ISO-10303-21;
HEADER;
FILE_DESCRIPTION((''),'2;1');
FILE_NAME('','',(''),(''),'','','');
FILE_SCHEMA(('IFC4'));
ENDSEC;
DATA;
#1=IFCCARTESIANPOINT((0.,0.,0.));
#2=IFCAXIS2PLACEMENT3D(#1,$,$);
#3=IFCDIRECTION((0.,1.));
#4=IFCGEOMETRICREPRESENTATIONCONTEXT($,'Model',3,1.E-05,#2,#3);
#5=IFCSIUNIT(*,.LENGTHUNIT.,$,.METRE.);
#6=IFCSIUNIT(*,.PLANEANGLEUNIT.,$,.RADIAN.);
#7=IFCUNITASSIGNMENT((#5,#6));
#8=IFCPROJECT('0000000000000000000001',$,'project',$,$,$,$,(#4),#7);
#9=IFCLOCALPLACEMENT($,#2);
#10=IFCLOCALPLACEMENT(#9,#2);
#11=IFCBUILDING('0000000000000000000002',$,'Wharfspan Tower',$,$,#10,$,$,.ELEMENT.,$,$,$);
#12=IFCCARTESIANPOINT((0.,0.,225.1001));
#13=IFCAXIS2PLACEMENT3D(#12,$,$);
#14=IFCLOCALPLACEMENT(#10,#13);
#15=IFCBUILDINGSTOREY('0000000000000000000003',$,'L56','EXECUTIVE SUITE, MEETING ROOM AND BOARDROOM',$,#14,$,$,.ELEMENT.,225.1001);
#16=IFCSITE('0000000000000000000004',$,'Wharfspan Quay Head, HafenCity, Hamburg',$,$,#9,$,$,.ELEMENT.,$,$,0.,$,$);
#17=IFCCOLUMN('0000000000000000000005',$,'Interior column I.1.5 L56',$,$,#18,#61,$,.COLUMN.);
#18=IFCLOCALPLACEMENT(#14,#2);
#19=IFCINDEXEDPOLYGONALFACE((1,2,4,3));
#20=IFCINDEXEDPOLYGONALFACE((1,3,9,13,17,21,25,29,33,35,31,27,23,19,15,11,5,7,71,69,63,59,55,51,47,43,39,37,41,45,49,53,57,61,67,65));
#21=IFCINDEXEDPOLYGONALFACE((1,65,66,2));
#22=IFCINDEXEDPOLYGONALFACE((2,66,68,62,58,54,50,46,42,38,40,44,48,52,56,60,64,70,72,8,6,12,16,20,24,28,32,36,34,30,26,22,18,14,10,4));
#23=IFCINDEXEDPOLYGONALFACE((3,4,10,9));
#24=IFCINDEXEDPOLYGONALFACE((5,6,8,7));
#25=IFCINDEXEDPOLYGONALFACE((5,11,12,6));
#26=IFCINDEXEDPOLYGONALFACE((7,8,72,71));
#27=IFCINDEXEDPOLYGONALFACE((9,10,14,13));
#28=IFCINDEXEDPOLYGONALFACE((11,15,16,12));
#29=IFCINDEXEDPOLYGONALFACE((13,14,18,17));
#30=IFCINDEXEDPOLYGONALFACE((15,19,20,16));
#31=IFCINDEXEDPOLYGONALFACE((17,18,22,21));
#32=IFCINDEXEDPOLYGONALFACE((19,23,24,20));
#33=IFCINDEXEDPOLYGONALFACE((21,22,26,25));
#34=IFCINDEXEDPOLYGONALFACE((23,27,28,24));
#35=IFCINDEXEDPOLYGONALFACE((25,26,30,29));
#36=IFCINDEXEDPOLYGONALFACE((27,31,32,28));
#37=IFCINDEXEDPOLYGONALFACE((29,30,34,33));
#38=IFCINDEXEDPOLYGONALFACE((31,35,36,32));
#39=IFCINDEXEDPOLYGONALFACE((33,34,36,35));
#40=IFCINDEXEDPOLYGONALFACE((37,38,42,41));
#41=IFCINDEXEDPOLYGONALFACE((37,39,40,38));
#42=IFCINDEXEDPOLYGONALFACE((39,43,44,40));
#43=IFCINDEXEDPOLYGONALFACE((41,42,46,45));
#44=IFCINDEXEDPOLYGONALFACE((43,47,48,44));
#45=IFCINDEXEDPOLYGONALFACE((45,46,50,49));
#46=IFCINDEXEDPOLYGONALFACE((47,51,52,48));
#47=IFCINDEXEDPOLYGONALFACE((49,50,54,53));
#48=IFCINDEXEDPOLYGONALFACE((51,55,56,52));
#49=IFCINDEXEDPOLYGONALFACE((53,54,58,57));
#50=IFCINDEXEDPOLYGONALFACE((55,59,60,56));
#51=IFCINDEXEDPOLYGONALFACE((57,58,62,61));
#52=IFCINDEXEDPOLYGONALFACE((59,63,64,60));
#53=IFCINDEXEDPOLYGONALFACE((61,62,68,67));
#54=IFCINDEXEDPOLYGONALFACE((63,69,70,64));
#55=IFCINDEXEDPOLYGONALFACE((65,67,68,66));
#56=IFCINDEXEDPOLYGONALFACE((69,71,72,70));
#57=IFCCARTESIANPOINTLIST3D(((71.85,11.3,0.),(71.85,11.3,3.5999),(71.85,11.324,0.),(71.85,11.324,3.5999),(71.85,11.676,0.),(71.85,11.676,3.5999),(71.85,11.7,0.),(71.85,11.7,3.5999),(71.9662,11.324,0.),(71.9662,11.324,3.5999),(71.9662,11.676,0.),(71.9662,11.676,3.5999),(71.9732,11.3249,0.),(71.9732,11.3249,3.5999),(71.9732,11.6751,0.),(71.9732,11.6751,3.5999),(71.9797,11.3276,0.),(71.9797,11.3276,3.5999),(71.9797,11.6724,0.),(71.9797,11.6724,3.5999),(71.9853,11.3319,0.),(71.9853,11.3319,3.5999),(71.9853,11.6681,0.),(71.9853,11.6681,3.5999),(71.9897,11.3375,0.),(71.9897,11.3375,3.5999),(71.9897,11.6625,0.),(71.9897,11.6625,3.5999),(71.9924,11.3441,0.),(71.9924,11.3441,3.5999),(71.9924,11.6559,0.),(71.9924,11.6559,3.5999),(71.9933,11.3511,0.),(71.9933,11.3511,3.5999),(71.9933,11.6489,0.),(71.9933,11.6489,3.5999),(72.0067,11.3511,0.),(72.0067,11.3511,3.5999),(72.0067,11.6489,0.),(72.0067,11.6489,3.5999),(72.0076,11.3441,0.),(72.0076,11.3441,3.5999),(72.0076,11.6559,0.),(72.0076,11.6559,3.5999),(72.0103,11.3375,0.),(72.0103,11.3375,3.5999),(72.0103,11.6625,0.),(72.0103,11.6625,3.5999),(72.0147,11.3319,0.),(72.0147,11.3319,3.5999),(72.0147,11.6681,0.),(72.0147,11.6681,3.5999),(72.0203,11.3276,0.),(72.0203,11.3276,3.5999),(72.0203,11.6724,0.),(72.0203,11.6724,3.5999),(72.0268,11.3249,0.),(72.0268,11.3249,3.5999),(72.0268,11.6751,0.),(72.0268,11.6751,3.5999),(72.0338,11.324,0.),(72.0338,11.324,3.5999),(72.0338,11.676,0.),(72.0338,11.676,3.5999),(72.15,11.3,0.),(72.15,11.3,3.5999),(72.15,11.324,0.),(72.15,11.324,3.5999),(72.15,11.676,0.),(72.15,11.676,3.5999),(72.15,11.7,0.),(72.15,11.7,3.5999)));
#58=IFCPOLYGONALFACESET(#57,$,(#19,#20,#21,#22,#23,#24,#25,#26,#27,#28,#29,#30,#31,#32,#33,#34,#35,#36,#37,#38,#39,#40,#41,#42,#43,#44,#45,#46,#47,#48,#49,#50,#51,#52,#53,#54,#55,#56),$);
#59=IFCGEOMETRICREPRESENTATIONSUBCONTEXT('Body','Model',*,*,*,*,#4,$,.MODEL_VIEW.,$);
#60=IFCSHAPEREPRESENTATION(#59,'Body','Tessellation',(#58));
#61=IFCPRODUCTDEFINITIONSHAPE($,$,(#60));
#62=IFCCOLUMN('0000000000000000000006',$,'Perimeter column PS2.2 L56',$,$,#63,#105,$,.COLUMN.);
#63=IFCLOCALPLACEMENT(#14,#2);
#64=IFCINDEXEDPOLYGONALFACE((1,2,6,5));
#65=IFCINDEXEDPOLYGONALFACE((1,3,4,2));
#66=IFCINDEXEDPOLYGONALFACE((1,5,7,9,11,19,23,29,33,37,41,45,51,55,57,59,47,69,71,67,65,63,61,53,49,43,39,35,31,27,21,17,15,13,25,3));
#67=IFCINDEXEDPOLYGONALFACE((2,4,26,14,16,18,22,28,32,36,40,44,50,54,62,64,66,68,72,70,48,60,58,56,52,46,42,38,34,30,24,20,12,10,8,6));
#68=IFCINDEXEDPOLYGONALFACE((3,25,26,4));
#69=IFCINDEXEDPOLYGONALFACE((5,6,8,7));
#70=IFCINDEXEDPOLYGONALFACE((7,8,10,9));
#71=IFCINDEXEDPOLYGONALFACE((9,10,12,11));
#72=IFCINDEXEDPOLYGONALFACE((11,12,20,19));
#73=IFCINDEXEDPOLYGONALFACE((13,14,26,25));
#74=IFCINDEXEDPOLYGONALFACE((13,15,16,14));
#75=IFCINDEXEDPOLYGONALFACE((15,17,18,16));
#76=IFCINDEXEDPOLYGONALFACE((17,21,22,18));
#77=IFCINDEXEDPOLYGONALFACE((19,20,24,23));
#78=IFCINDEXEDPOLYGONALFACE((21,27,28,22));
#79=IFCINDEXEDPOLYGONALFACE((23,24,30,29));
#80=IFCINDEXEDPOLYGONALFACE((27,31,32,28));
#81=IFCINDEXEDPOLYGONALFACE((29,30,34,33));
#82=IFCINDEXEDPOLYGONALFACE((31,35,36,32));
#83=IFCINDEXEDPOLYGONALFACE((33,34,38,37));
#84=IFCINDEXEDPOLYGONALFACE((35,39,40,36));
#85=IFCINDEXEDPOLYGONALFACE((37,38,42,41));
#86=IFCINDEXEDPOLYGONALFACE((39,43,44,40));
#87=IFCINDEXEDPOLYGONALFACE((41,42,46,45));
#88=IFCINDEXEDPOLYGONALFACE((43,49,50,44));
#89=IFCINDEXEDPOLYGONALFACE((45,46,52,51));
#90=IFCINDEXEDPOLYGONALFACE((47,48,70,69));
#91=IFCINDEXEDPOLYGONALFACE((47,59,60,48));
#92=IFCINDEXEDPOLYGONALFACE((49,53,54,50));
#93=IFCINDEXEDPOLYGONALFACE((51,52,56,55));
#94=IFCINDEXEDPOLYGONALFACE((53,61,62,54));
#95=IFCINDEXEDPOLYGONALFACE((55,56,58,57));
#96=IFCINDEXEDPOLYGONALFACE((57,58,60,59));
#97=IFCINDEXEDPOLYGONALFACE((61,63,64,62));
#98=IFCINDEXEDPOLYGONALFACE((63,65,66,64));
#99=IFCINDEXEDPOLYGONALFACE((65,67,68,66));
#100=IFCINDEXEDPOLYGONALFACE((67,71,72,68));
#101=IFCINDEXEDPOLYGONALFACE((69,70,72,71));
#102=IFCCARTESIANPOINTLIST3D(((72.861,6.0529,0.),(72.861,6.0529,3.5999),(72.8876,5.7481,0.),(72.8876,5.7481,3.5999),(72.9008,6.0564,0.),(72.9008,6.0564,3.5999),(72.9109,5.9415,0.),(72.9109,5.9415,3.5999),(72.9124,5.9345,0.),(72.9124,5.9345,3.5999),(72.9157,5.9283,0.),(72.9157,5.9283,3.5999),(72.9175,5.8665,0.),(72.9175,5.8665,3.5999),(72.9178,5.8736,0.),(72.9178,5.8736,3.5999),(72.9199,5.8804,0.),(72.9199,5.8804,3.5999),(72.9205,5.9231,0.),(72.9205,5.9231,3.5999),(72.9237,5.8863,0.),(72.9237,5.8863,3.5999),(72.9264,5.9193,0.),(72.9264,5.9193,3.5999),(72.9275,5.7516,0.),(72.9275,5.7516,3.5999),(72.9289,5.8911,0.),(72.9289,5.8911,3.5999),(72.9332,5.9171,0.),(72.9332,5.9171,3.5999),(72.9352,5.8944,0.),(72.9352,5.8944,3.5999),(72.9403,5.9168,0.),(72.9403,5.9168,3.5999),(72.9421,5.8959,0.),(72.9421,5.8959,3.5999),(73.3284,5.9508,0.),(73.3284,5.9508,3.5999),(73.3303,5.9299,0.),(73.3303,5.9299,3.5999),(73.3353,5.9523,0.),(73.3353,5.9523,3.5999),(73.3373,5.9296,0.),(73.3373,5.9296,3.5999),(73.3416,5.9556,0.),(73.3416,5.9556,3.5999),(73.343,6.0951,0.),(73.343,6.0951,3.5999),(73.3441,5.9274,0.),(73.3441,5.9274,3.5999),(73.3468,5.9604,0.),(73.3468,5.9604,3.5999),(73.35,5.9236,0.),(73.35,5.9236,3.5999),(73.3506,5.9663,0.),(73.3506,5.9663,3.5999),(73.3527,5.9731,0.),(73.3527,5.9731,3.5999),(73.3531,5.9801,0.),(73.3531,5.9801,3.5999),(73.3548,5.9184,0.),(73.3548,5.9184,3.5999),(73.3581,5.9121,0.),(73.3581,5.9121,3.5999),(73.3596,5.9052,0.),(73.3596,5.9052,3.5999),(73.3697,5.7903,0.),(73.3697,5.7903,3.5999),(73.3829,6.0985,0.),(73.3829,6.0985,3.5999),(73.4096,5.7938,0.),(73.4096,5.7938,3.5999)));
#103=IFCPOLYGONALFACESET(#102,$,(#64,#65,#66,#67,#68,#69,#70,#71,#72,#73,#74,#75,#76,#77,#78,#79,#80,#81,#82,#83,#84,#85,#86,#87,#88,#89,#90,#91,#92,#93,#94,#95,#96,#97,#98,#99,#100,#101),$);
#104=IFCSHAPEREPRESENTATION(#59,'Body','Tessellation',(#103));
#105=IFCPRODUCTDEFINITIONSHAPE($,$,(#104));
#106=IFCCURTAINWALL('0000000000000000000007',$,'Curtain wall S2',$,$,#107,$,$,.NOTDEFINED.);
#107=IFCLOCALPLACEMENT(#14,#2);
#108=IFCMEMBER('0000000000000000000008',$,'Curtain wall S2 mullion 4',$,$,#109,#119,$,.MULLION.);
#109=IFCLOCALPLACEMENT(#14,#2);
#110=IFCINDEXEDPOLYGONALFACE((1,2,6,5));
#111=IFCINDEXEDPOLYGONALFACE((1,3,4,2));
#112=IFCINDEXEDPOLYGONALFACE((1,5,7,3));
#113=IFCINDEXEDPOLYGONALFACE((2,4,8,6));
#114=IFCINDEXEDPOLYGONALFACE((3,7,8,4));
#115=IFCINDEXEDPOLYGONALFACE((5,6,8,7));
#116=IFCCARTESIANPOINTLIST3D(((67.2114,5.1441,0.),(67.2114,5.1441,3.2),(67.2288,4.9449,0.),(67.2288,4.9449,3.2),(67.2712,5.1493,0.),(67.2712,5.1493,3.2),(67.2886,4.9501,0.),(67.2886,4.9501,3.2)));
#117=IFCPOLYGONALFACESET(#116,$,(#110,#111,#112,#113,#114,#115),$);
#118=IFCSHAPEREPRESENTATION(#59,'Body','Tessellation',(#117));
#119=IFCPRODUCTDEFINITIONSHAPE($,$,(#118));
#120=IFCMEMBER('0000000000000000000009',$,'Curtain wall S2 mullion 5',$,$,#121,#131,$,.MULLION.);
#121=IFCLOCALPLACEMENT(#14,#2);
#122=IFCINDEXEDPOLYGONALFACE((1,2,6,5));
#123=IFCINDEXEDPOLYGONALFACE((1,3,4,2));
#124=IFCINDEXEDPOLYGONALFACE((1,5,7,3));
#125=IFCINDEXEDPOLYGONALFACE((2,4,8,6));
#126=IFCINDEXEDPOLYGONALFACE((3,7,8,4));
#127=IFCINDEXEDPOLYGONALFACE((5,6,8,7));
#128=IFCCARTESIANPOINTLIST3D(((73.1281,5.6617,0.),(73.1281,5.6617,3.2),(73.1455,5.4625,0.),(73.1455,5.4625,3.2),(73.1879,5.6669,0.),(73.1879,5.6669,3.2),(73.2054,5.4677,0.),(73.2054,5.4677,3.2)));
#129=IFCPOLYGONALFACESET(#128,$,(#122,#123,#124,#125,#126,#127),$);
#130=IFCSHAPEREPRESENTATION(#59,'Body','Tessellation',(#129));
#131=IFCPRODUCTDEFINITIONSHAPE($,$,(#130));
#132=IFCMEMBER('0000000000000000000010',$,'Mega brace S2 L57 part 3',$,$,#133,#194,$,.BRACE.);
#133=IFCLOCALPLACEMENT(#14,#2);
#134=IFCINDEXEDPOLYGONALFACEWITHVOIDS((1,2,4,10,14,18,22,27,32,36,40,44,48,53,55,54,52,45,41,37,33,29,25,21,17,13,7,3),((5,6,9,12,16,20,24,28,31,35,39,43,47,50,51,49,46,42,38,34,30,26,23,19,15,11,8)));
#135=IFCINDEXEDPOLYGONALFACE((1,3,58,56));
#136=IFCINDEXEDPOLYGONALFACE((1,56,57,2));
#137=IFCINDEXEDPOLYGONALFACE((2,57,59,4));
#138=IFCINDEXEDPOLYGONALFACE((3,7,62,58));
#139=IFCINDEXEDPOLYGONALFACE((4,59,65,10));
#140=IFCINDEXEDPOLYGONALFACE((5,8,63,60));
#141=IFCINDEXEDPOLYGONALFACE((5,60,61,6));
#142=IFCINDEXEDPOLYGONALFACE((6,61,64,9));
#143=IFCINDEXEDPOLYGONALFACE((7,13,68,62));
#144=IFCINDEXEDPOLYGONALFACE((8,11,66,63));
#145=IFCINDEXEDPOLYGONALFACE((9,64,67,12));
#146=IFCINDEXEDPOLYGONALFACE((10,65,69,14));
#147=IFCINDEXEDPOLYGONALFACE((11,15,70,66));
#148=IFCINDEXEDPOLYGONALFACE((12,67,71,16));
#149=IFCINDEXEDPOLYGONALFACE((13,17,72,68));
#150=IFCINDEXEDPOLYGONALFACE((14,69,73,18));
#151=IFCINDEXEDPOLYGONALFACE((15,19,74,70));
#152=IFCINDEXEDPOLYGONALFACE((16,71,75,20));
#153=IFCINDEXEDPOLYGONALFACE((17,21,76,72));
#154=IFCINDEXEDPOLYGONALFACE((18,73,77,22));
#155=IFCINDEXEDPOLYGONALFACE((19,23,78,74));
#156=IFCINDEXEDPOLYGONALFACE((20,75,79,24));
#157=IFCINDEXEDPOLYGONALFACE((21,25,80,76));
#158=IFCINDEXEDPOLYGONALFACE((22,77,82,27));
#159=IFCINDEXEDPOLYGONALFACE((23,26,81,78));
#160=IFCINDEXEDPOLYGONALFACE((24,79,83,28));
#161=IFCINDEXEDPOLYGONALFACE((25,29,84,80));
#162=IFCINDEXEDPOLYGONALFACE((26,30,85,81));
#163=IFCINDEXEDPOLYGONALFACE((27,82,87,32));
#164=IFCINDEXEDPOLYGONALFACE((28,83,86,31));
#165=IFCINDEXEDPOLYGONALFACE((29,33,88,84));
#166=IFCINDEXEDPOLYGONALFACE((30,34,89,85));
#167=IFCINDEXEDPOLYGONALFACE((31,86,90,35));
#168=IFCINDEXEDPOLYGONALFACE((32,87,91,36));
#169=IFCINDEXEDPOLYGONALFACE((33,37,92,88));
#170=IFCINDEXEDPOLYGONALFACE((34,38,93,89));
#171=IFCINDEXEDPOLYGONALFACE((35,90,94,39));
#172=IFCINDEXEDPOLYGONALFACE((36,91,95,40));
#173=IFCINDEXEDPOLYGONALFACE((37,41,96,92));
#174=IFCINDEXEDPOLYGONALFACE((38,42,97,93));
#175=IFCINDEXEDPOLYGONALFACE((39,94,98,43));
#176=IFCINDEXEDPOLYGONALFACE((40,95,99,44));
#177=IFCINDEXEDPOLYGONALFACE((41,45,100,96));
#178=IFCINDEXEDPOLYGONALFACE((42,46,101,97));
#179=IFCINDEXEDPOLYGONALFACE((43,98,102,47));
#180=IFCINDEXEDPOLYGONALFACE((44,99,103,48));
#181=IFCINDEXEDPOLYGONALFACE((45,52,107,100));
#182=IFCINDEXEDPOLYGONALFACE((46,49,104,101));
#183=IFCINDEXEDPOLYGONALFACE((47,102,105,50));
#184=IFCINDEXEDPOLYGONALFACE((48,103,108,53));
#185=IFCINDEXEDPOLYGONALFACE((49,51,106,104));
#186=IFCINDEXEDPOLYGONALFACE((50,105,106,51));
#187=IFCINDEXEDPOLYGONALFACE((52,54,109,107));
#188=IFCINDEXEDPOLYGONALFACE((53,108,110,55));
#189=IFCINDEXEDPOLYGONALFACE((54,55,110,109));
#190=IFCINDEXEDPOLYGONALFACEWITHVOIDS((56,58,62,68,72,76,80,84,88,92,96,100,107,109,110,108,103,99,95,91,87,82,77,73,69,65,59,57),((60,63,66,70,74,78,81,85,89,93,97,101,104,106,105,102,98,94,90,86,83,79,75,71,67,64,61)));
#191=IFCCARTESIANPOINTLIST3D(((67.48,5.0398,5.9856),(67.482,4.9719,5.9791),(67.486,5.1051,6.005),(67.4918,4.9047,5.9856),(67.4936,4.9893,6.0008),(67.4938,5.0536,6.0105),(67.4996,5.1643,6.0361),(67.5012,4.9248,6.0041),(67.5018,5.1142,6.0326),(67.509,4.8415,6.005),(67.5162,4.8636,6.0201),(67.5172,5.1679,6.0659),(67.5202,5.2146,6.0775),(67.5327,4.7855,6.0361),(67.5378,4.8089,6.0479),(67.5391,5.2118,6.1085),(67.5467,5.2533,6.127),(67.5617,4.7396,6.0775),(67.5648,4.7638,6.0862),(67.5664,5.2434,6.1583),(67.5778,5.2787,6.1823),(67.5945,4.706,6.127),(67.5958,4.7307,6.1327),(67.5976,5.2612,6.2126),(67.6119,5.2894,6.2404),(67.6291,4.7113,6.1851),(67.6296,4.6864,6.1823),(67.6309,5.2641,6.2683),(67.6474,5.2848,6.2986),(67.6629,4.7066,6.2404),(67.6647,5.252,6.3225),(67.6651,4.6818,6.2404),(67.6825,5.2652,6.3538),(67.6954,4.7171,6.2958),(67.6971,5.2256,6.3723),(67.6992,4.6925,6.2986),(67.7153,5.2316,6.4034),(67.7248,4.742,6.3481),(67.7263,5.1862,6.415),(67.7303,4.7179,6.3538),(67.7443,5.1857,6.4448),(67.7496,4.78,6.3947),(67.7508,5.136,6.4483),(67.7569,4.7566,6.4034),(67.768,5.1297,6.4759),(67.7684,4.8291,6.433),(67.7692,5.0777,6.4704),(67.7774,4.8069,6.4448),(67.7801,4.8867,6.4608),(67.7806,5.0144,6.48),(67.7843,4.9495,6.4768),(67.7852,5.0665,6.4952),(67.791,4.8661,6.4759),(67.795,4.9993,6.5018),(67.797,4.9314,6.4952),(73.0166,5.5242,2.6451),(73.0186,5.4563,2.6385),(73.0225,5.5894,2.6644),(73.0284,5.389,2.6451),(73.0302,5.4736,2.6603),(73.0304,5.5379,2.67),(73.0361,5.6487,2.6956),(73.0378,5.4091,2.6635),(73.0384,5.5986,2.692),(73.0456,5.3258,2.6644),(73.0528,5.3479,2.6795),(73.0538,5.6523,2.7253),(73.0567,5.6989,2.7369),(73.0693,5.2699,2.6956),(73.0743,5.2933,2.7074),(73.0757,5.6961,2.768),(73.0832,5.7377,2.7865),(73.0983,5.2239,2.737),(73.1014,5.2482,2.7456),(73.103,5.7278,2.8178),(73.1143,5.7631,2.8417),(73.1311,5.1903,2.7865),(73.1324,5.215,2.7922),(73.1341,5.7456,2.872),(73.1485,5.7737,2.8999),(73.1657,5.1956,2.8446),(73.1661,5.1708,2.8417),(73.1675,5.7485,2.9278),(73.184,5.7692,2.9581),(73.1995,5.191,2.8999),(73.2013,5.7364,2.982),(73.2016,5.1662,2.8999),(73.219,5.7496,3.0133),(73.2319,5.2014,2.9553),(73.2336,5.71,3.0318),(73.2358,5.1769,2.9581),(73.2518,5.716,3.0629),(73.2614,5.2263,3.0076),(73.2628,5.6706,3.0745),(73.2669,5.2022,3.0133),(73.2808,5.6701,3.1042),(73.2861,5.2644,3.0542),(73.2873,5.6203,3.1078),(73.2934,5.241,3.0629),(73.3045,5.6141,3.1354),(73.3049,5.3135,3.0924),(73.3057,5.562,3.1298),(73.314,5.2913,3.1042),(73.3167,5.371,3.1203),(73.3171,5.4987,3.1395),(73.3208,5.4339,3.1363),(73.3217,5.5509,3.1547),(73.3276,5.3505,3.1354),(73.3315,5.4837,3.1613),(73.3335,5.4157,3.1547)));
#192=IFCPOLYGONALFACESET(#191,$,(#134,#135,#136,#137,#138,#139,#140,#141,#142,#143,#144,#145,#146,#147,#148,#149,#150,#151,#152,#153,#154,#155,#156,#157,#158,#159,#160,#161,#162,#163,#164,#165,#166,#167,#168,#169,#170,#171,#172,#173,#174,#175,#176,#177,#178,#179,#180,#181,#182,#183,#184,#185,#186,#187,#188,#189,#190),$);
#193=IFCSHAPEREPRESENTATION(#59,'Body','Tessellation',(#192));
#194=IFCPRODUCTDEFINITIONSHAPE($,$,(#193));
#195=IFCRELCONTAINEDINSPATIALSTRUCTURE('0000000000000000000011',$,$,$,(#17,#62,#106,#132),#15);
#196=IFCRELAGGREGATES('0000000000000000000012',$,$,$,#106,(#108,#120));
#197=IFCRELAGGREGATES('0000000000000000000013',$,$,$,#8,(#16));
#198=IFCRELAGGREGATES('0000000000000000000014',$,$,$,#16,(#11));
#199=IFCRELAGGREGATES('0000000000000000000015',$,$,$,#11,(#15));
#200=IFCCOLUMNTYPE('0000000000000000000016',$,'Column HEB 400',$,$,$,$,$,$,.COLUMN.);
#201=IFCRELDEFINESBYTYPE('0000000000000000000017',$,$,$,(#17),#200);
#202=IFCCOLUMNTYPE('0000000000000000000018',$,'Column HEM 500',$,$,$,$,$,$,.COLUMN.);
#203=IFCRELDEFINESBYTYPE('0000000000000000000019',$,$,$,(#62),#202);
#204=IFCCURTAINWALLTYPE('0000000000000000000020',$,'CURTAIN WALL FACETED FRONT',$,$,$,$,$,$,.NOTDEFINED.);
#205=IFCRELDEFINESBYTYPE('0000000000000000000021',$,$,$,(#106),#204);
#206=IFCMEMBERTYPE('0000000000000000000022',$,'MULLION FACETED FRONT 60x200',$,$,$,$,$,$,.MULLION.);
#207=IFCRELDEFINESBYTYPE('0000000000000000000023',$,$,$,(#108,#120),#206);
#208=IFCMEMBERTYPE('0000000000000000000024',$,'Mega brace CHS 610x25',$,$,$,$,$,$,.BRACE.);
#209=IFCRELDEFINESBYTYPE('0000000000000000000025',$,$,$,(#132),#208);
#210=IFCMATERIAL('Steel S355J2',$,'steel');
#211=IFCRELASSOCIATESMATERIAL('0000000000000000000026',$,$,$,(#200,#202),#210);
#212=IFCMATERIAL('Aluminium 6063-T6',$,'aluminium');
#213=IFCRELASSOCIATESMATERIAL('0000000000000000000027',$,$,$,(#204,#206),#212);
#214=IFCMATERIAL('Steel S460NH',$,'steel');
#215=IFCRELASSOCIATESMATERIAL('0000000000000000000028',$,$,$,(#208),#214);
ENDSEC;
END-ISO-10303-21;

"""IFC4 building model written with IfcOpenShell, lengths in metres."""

from ifc_helpers import new_model, si_unit, direction, frame, origin, origin_2d, place, context, subcontext, project, spatial, rectangle, hollow_circle, i_section, extrude, material, material_profile, profile_set, type_object, element, aggregate, save


model = new_model("IFC4")

# Units and contexts
model_context = context("Model", 3, precision=1e-05, world=origin(), true_north=direction((0.0, 1.0)))
body_context = subcontext(model_context, "Body", "Model", "MODEL_VIEW")
ifc_project = project(units=[si_unit("LENGTHUNIT", "METRE"), si_unit("PLANEANGLEUNIT", "RADIAN")], contexts=[model_context])

# Site, building, storey
site_placement = place(None, origin())
site = spatial("IfcSite", under=ifc_project, at=site_placement, Name="Wharfspan Quay Head, HafenCity, Hamburg", CompositionType="ELEMENT", RefElevation=0.0)
building_placement = place(site_placement, origin())
building = spatial("IfcBuilding", under=site, at=building_placement, Name="Wharfspan Tower", CompositionType="ELEMENT")
storey_placement = place(building_placement, frame((0.0, 0.0, 225.1001)))
storey = spatial("IfcBuildingStorey", under=building, at=storey_placement, Name="L56", Description="EXECUTIVE SUITE, MEETING ROOM AND BOARDROOM", CompositionType="ELEMENT", Elevation=225.1001)

# Columns
ifc_material_1 = material(Name="Steel S355J2", Category="steel")
ifc_material_profile_1 = material_profile(ifc_material_1, i_section(OverallWidth=0.3, OverallDepth=0.3999, WebThickness=0.0134, FlangeThickness=0.0239, FilletRadius=0.0271, at=origin_2d()))
ifc_profile_set_1 = profile_set([ifc_material_profile_1], Name="Steel S355J2")
column_type_1 = type_object("IfcColumnType", Name="Column HEB 400", PredefinedType="COLUMN", material=ifc_profile_set_1)
column_1_placement = place(storey_placement, frame((72.0, 11.5, 0.0), z_axis=(0.0, 0.0, 1.0), x_axis=(1.0, 0.0, 0.0)))
element("IfcColumn", 1, at=column_1_placement, inside=storey, type_object=column_type_1, Name="Interior column I.1.5 L56", PredefinedType="COLUMN", context=body_context, shape_type="SweptSolid", body=[
    extrude(i_section(OverallWidth=0.3, OverallDepth=0.3999, WebThickness=0.0134, FlangeThickness=0.0239, FilletRadius=0.0271, at=origin_2d()), origin(), (0.0, 0.0, 1.0), 3.5999),
])
ifc_material_profile_2 = material_profile(ifc_material_1, i_section(OverallWidth=0.3059, OverallDepth=0.5239, WebThickness=0.021, FlangeThickness=0.04, FilletRadius=0.0271, at=origin_2d()))
ifc_profile_set_2 = profile_set([ifc_material_profile_2], Name="Steel S355J2")
column_type_2 = type_object("IfcColumnType", Name="Column HEM 500", PredefinedType="COLUMN", material=ifc_profile_set_2)
column_2_placement = place(storey_placement, frame((73.1353, 5.9233, 0.0), z_axis=(0.0, 0.0, 1.0), x_axis=(0.087156, -0.996197, 0.0)))
element("IfcColumn", 2, at=column_2_placement, inside=storey, type_object=column_type_2, Name="Perimeter column PS2.2 L56", PredefinedType="COLUMN", context=body_context, shape_type="SweptSolid", body=[
    extrude(i_section(OverallWidth=0.3059, OverallDepth=0.5239, WebThickness=0.021, FlangeThickness=0.04, FilletRadius=0.0271, at=origin_2d()), origin(), (0.0, 0.0, 1.0), 3.5999),
])

# Curtain wall, members
ifc_material_2 = material(Name="Aluminium 6063-T6", Category="aluminium")
curtain_wall_type = type_object("IfcCurtainWallType", Name="CURTAIN WALL FACETED FRONT", PredefinedType="NOTDEFINED", material=ifc_material_2)
curtain_wall_placement = place(storey_placement, origin())
curtain_wall = element("IfcCurtainWall", 3, at=curtain_wall_placement, inside=storey, type_object=curtain_wall_type, Name="Curtain wall S2", PredefinedType="NOTDEFINED")
ifc_material_profile_3 = material_profile(ifc_material_2, rectangle(XDim=0.2, YDim=0.0601, at=origin_2d()))
ifc_profile_set_3 = profile_set([ifc_material_profile_3], Name="Aluminium 6063-T6")
member_type_1 = type_object("IfcMemberType", Name="MULLION FACETED FRONT 60x200", PredefinedType="MULLION", material=ifc_profile_set_3)
member_1_placement = place(storey_placement, frame((67.25, 5.0471, 0.0), z_axis=(0.0, 0.0, 1.0), x_axis=(-0.087156, 0.996197, 0.0)))
member_1 = element("IfcMember", 4, at=member_1_placement, type_object=member_type_1, Name="Curtain wall S2 mullion 4", PredefinedType="MULLION", context=body_context, shape_type="SweptSolid", body=[
    extrude(rectangle(XDim=0.2, YDim=0.0601, at=origin_2d()), origin(), (0.0, 0.0, 1.0), 3.2),
])
member_2_placement = place(storey_placement, frame((73.1667, 5.5647, 0.0), z_axis=(0.0, 0.0, 1.0), x_axis=(-0.087156, 0.996197, 0.0)))
member_2 = element("IfcMember", 5, at=member_2_placement, type_object=member_type_1, Name="Curtain wall S2 mullion 5", PredefinedType="MULLION", context=body_context, shape_type="SweptSolid", body=[
    extrude(rectangle(XDim=0.2, YDim=0.0601, at=origin_2d()), origin(), (0.0, 0.0, 1.0), 3.2),
])

# Member
ifc_material_3 = material(Name="Steel S460NH", Category="steel")
ifc_material_profile_4 = material_profile(ifc_material_3, hollow_circle(Radius=0.3049, WallThickness=0.0249, at=origin_2d()))
ifc_profile_set_4 = profile_set([ifc_material_profile_4], Name="Steel S460NH")
member_type_2 = type_object("IfcMemberType", Name="Mega brace CHS 610x25", PredefinedType="BRACE", material=ifc_profile_set_4)
member_3_placement = place(storey_placement, frame((73.175, 5.47, 2.8999), z_axis=(-0.853829, -0.074698, 0.515166), x_axis=(0.087155, -0.996197, 0.000003)))
element("IfcMember", 6, at=member_3_placement, inside=storey, type_object=member_type_2, Name="Mega brace S2 L57 part 3", PredefinedType="BRACE", context=body_context, shape_type="SweptSolid", body=[
    extrude(hollow_circle(Radius=0.3049, WallThickness=0.0249, at=origin_2d()), origin(), (0.0, 0.0, 1.0), 6.4844),
])

aggregate(curtain_wall, [member_1, member_2])

save(model, "model.ifc")
